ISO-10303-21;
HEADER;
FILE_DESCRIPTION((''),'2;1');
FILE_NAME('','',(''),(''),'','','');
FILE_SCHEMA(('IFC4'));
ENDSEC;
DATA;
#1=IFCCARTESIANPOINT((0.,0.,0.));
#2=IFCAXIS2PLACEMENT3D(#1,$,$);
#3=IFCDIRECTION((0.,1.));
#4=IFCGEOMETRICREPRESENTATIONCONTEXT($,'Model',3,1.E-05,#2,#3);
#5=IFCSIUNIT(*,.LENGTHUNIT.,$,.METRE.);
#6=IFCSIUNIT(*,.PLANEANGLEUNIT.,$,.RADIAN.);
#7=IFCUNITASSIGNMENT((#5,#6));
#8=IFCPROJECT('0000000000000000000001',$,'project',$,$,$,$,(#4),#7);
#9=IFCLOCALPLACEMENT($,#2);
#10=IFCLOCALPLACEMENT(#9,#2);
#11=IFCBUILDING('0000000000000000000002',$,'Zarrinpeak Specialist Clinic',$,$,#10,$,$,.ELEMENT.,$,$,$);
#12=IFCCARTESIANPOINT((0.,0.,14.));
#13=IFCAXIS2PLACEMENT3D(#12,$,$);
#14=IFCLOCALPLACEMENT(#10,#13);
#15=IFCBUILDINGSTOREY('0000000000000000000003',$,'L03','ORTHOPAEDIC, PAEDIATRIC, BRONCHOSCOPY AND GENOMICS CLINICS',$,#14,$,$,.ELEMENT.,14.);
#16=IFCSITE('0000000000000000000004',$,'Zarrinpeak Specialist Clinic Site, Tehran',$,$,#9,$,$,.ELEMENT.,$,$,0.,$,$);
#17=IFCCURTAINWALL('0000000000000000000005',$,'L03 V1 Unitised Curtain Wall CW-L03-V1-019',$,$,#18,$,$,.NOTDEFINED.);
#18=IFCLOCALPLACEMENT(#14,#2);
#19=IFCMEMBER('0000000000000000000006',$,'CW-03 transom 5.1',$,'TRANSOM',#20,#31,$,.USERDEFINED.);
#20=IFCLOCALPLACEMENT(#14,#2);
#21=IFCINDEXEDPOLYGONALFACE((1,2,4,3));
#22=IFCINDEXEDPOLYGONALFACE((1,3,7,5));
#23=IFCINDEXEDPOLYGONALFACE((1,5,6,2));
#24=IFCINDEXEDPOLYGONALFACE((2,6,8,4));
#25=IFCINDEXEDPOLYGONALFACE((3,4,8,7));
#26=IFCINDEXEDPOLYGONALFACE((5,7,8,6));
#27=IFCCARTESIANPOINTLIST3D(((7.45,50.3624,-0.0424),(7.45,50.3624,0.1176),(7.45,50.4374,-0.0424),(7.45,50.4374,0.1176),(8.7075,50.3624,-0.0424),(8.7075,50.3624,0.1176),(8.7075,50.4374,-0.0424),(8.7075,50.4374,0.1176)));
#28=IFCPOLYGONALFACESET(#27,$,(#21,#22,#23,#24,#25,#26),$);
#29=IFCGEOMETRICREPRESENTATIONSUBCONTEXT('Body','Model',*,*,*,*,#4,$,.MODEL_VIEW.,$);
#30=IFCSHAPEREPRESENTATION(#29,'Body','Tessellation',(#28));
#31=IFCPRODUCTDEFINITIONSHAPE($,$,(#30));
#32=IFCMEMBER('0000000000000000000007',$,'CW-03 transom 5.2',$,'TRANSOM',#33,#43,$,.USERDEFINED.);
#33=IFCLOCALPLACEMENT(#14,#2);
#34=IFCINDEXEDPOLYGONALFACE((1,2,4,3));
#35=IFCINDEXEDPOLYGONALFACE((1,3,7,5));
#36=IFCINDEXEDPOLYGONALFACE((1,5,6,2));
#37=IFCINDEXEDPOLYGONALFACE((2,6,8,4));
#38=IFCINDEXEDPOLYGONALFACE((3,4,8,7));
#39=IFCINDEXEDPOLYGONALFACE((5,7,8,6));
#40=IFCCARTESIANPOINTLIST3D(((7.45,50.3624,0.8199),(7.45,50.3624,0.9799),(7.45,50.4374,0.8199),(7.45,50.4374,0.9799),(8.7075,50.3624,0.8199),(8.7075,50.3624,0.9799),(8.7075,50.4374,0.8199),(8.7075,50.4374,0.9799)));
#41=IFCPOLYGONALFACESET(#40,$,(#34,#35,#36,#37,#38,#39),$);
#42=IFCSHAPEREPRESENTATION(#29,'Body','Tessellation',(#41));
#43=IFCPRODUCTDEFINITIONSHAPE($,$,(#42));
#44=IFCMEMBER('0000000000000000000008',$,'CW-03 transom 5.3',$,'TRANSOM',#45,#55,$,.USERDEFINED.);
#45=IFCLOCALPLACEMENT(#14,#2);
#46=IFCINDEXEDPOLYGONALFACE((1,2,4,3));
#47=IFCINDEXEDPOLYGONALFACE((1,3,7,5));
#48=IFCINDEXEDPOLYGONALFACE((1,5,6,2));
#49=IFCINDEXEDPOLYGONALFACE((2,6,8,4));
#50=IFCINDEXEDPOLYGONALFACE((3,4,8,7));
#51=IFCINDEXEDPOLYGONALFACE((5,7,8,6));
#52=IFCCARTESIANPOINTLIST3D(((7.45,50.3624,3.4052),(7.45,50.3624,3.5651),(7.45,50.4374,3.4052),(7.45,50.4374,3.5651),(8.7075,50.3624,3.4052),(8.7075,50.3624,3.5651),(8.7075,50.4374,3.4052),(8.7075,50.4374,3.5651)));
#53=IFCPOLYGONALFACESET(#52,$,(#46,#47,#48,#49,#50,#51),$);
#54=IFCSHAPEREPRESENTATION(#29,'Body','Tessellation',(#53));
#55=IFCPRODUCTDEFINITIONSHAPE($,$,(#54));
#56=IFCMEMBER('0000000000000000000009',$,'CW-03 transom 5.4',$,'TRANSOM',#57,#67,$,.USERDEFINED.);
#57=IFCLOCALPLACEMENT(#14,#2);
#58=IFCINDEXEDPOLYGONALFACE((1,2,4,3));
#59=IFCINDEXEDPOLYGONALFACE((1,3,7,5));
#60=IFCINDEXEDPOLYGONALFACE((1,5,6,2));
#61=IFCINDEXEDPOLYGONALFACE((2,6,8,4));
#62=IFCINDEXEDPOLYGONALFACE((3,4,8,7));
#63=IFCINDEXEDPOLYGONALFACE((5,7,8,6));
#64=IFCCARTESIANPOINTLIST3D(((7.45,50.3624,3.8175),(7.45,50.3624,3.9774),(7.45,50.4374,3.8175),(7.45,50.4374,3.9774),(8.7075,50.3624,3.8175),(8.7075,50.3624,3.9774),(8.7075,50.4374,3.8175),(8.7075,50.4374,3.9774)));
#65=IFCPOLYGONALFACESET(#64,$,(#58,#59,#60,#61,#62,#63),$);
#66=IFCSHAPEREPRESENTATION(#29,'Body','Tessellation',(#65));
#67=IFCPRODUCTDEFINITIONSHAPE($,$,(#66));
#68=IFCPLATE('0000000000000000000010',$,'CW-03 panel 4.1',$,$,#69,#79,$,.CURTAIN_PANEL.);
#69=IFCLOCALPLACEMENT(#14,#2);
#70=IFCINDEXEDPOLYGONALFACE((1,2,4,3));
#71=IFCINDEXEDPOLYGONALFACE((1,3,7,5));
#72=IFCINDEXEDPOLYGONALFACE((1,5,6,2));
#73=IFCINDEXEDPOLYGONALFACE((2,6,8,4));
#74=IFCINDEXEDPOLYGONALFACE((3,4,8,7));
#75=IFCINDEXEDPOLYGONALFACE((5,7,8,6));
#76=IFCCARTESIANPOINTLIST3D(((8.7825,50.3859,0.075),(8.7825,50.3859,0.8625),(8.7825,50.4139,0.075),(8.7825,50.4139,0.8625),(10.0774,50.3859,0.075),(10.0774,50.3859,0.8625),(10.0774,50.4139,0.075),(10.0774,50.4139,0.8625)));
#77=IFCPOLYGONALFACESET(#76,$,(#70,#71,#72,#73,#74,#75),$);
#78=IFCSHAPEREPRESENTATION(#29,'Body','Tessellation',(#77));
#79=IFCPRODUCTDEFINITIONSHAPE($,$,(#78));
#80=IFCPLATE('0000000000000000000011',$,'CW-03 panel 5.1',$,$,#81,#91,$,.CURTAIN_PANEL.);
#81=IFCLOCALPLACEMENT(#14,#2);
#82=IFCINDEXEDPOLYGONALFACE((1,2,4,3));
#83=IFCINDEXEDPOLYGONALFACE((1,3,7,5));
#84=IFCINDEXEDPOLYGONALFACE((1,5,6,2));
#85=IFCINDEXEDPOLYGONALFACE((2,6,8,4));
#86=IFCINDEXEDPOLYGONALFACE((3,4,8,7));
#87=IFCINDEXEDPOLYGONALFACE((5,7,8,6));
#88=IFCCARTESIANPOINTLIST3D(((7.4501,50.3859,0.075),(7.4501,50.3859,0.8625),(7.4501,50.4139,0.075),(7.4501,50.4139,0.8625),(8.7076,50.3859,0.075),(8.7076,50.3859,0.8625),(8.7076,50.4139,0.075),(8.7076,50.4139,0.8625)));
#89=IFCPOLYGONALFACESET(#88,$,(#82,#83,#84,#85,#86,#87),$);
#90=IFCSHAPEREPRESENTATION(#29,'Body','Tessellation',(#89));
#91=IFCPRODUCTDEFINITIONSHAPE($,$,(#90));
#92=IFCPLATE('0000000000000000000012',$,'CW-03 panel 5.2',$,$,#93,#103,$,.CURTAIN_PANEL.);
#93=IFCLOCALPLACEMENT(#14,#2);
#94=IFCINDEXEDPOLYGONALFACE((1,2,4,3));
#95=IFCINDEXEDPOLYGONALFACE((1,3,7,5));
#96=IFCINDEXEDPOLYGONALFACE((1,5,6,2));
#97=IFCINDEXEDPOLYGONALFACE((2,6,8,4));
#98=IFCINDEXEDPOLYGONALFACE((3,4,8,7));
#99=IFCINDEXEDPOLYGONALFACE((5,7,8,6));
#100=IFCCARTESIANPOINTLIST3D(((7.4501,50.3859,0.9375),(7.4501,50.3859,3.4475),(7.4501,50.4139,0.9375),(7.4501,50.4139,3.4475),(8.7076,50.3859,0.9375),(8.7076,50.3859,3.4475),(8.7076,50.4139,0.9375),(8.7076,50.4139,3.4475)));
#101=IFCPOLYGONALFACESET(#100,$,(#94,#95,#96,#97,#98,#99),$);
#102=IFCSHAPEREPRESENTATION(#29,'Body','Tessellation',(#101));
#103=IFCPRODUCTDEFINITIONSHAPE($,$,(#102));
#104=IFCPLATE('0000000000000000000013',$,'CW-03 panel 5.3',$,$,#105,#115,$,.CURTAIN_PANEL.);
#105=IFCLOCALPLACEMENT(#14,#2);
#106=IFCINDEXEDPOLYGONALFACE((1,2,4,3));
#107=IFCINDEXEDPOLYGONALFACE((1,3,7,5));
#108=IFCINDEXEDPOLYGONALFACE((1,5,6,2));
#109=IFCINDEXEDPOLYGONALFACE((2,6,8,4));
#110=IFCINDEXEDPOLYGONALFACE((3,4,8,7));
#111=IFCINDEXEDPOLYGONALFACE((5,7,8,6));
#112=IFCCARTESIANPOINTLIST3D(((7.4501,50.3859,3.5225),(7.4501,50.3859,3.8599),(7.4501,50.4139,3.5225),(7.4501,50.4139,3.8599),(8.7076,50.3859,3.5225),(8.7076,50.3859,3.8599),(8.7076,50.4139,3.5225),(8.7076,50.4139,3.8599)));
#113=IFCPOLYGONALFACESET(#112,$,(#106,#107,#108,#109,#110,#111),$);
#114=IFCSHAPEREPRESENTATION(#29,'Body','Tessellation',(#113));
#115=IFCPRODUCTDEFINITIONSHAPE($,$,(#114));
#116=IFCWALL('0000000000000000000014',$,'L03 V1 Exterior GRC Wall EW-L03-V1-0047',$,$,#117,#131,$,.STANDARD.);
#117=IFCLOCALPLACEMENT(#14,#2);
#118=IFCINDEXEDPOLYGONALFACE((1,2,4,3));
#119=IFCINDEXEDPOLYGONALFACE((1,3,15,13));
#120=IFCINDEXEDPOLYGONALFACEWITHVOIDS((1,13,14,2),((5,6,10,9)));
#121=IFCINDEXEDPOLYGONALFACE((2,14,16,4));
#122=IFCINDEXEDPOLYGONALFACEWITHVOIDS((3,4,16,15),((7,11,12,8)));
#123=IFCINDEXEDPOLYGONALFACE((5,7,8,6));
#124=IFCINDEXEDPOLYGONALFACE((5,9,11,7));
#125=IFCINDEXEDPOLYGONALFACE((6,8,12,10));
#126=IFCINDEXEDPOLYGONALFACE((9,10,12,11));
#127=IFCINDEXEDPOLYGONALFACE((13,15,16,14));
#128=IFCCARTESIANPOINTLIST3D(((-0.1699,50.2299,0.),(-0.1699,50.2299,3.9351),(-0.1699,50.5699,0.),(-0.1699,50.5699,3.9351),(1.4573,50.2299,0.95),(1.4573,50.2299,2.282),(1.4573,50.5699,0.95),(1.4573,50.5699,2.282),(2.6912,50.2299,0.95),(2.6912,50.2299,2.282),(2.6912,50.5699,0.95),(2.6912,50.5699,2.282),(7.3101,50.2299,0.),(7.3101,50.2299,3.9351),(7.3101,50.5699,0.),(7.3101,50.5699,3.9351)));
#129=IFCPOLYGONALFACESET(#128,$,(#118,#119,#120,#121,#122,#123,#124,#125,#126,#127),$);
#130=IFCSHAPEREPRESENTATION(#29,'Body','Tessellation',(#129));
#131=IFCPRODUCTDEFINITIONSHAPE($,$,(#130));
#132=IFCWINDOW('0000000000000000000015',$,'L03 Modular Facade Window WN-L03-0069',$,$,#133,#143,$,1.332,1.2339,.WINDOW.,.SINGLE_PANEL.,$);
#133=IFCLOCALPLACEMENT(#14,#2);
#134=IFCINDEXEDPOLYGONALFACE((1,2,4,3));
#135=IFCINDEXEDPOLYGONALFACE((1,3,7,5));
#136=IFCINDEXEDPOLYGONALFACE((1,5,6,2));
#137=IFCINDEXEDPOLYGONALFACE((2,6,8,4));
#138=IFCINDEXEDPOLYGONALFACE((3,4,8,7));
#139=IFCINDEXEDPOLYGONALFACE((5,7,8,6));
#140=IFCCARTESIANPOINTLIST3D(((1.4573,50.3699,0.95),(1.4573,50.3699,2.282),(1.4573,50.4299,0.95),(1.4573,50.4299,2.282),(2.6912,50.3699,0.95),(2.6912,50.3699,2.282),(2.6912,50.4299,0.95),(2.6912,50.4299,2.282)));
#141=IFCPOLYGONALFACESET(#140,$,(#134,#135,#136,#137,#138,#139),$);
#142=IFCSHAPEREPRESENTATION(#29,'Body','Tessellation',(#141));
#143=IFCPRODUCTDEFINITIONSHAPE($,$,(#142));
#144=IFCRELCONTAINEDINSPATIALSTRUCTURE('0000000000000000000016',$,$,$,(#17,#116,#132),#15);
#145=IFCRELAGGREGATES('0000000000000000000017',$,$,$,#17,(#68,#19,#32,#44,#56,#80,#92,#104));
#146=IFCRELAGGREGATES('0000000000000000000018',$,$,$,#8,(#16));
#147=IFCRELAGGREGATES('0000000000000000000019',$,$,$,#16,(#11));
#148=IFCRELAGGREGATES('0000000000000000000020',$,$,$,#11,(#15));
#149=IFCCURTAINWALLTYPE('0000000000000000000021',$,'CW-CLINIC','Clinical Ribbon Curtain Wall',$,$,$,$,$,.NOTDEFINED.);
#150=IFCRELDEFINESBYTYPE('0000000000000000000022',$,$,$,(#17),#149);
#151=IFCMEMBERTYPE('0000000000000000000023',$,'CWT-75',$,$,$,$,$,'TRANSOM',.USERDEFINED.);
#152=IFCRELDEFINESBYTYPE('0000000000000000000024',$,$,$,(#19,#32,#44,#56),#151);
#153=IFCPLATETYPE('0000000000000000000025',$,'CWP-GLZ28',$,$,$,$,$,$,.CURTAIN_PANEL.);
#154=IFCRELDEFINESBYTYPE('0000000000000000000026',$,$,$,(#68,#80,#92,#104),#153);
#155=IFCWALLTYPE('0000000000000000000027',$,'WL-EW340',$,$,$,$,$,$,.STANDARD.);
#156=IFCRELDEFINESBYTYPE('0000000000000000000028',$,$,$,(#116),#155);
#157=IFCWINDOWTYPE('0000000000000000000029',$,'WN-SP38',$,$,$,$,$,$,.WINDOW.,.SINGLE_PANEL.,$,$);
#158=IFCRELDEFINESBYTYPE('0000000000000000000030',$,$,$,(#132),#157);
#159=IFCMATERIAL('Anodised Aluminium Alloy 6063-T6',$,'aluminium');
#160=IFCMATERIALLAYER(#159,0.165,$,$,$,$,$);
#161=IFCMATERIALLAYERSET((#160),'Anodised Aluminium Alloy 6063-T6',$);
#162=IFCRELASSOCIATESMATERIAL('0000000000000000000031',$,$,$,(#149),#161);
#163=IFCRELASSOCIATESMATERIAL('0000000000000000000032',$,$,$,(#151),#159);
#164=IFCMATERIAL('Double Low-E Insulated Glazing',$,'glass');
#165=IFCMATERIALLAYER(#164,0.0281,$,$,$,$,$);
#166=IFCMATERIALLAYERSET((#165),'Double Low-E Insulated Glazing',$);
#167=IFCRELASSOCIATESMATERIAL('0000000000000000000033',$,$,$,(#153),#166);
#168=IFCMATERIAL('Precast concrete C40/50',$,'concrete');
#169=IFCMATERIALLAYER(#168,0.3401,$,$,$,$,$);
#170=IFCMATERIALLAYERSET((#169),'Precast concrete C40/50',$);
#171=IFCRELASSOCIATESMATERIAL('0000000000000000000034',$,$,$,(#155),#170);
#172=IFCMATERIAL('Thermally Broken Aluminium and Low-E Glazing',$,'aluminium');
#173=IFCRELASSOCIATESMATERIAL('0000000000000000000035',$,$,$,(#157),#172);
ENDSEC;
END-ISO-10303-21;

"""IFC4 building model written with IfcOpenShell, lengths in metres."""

from ifc_helpers import new_model, si_unit, direction, frame, frame_2d, origin, origin_2d, place, context, subcontext, project, spatial, rectangle, extrude, material, layer, layer_set, material_profile, profile_set, type_object, element, fill, aggregate, save


model = new_model("IFC4")

# Units and contexts
model_context = context("Model", 3, precision=1e-05, world=origin(), true_north=direction((0.0, 1.0)))
body_context = subcontext(model_context, "Body", "Model", "MODEL_VIEW")
ifc_project = project(units=[si_unit("LENGTHUNIT", "METRE"), si_unit("PLANEANGLEUNIT", "RADIAN")], contexts=[model_context])

# Site, building, storey
site_placement = place(None, origin())
site = spatial("IfcSite", under=ifc_project, at=site_placement, Name="Zarrinpeak Specialist Clinic Site, Tehran", CompositionType="ELEMENT", RefElevation=0.0)
building_placement = place(site_placement, origin())
building = spatial("IfcBuilding", under=site, at=building_placement, Name="Zarrinpeak Specialist Clinic", CompositionType="ELEMENT")
storey_placement = place(building_placement, frame((0.0, 0.0, 14.0)))
storey = spatial("IfcBuildingStorey", under=building, at=storey_placement, Name="L03", Description="ORTHOPAEDIC, PAEDIATRIC, BRONCHOSCOPY AND GENOMICS CLINICS", CompositionType="ELEMENT", Elevation=14.0)

# Curtain wall, members, plates
ifc_material_1 = material(Name="Anodised Aluminium Alloy 6063-T6", Category="aluminium")
ifc_layer_1 = layer(ifc_material_1, 0.165)
ifc_layer_set_1 = layer_set([ifc_layer_1], Name="Anodised Aluminium Alloy 6063-T6")
curtain_wall_type = type_object("IfcCurtainWallType", Name="CW-CLINIC", Description="Clinical Ribbon Curtain Wall", PredefinedType="NOTDEFINED", material=ifc_layer_set_1)
curtain_wall_placement = place(storey_placement, origin())
curtain_wall = element("IfcCurtainWall", 1, at=curtain_wall_placement, inside=storey, type_object=curtain_wall_type, Name="L03 V1 Unitised Curtain Wall CW-L03-V1-019", PredefinedType="NOTDEFINED")
ifc_material_profile_1 = material_profile(ifc_material_1, rectangle(XDim=0.075, YDim=0.1599, at=origin_2d()), Name="ALU 75x160")
ifc_profile_set_1 = profile_set([ifc_material_profile_1], Name="Anodised Aluminium Alloy 6063-T6")
member_type_1 = type_object("IfcMemberType", Name="CWT-75", ElementType="TRANSOM", PredefinedType="USERDEFINED", material=ifc_profile_set_1)
member_1_placement = place(storey_placement, frame((8.7075, 50.3999, 0.0376), z_axis=(-1.0, 0.0, 0.0), x_axis=(0.0, -1.0, 0.0)))
member_1 = element("IfcMember", 2, at=member_1_placement, type_object=member_type_1, Name="CW-03 transom 5.1", ObjectType="TRANSOM", PredefinedType="USERDEFINED", context=body_context, shape_type="SweptSolid", body=[
    extrude(rectangle(XDim=0.075, YDim=0.1599, at=origin_2d()), origin(), (0.0, 0.0, 1.0), 1.2576),
])
member_2_placement = place(storey_placement, frame((8.7075, 50.3999, 0.8999), z_axis=(-1.0, 0.0, 0.0), x_axis=(0.0, -1.0, 0.0)))
member_2 = element("IfcMember", 3, at=member_2_placement, type_object=member_type_1, Name="CW-03 transom 5.2", ObjectType="TRANSOM", PredefinedType="USERDEFINED", context=body_context, shape_type="SweptSolid", body=[
    extrude(rectangle(XDim=0.075, YDim=0.1599, at=origin_2d()), origin(), (0.0, 0.0, 1.0), 1.2576),
])
member_3_placement = place(storey_placement, frame((8.7075, 50.3999, 3.4851), z_axis=(-1.0, 0.0, 0.0), x_axis=(0.0, -1.0, 0.0)))
member_3 = element("IfcMember", 4, at=member_3_placement, type_object=member_type_1, Name="CW-03 transom 5.3", ObjectType="TRANSOM", PredefinedType="USERDEFINED", context=body_context, shape_type="SweptSolid", body=[
    extrude(rectangle(XDim=0.075, YDim=0.1599, at=origin_2d()), origin(), (0.0, 0.0, 1.0), 1.2576),
])
member_4_placement = place(storey_placement, frame((8.7075, 50.3999, 3.8975), z_axis=(-1.0, 0.0, 0.0), x_axis=(0.0, -1.0, 0.0)))
member_4 = element("IfcMember", 5, at=member_4_placement, type_object=member_type_1, Name="CW-03 transom 5.4", ObjectType="TRANSOM", PredefinedType="USERDEFINED", context=body_context, shape_type="SweptSolid", body=[
    extrude(rectangle(XDim=0.075, YDim=0.1599, at=origin_2d()), origin(), (0.0, 0.0, 1.0), 1.2576),
])
ifc_material_2 = material(Name="Double Low-E Insulated Glazing", Category="glass")
ifc_layer_2 = layer(ifc_material_2, 0.0281)
ifc_layer_set_2 = layer_set([ifc_layer_2], Name="Double Low-E Insulated Glazing")
plate_type = type_object("IfcPlateType", Name="CWP-GLZ28", PredefinedType="CURTAIN_PANEL", material=ifc_layer_set_2)
plate_1_placement = place(storey_placement, frame((9.4299, 50.3999, 0.075), z_axis=(0.0, 0.0, 1.0), x_axis=(-1.0, 0.0, 0.0)))
plate_1 = element("IfcPlate", 6, at=plate_1_placement, type_object=plate_type, Name="CW-03 panel 4.1", PredefinedType="CURTAIN_PANEL", context=body_context, shape_type="SweptSolid", body=[
    extrude(rectangle(XDim=1.2949, YDim=0.0281, at=origin_2d()), origin(), (0.0, 0.0, 1.0), 0.7876),
])
plate_2_placement = place(storey_placement, frame((8.0789, 50.3999, 0.075), z_axis=(0.0, 0.0, 1.0), x_axis=(-1.0, 0.0, 0.0)))
plate_2 = element("IfcPlate", 7, at=plate_2_placement, type_object=plate_type, Name="CW-03 panel 5.1", PredefinedType="CURTAIN_PANEL", context=body_context, shape_type="SweptSolid", body=[
    extrude(rectangle(XDim=1.2576, YDim=0.0281, at=origin_2d()), origin(), (0.0, 0.0, 1.0), 0.7876),
])
plate_3_placement = place(storey_placement, frame((8.0789, 50.3999, 0.9375), z_axis=(0.0, 0.0, 1.0), x_axis=(-1.0, 0.0, 0.0)))
plate_3 = element("IfcPlate", 8, at=plate_3_placement, type_object=plate_type, Name="CW-03 panel 5.2", PredefinedType="CURTAIN_PANEL", context=body_context, shape_type="SweptSolid", body=[
    extrude(rectangle(XDim=1.2576, YDim=0.0281, at=origin_2d()), origin(), (0.0, 0.0, 1.0), 2.51),
])
plate_4_placement = place(storey_placement, frame((8.0789, 50.3999, 3.5225), z_axis=(0.0, 0.0, 1.0), x_axis=(-1.0, 0.0, 0.0)))
plate_4 = element("IfcPlate", 9, at=plate_4_placement, type_object=plate_type, Name="CW-03 panel 5.3", PredefinedType="CURTAIN_PANEL", context=body_context, shape_type="SweptSolid", body=[
    extrude(rectangle(XDim=1.2576, YDim=0.0281, at=origin_2d()), origin(), (0.0, 0.0, 1.0), 0.3374),
])
aggregate(curtain_wall, [plate_1, member_1, member_2, member_3, member_4, plate_2, plate_3, plate_4])

# Wall, opening, window
ifc_material_3 = material(Name="Precast concrete C40/50", Category="concrete")
ifc_layer_3 = layer(ifc_material_3, 0.3401)
ifc_layer_set_3 = layer_set([ifc_layer_3], Name="Precast concrete C40/50")
wall_type_1 = type_object("IfcWallType", Name="WL-EW340", PredefinedType="STANDARD", material=ifc_layer_set_3)
wall_1_placement = place(storey_placement, frame((7.3101, 50.3999, 0.0), z_axis=(0.0, 0.0, 1.0), x_axis=(-1.0, 0.0, 0.0)))
wall_1 = element("IfcWall", 10, at=wall_1_placement, inside=storey, type_object=wall_type_1, Name="L03 V1 Exterior GRC Wall EW-L03-V1-0047", PredefinedType="STANDARD", context=body_context, shape_type="SweptSolid", body=[
    extrude(rectangle(XDim=7.48, YDim=0.3401, at=frame_2d((3.74, 0.0))), origin(), (0.0, 0.0, 1.0), 3.9351),
])
opening_1_placement = place(wall_1_placement, frame((4.6189, 0.0, 0.95)))
opening_1 = element("IfcOpeningElement", 11, at=opening_1_placement, cuts=wall_1, PredefinedType="OPENING", context=body_context, shape_type="SweptSolid", body=[
    extrude(rectangle(XDim=1.2339, YDim=1.332, at=frame_2d((0.6169, 0.666))), frame((0.0, 0.1802, 0.0), z_axis=(0.0, -1.0, 0.0), x_axis=(1.0, 0.0, 0.0)), (0.0, 0.0, 1.0), 0.3601),
])
ifc_material_4 = material(Name="Thermally Broken Aluminium and Low-E Glazing", Category="aluminium")
window_type_1 = type_object("IfcWindowType", Name="WN-SP38", PartitioningType="SINGLE_PANEL", PredefinedType="WINDOW", material=ifc_material_4)
window_1_placement = place(opening_1_placement, origin())
window_1 = element("IfcWindow", 12, at=window_1_placement, inside=storey, type_object=window_type_1, Name="L03 Modular Facade Window WN-L03-0069", OverallHeight=1.332, OverallWidth=1.2339, PartitioningType="SINGLE_PANEL", PredefinedType="WINDOW", context=body_context, shape_type="SweptSolid", body=[
    extrude(rectangle(XDim=1.2339, YDim=1.332, at=frame_2d((0.6169, 0.666))), frame((0.0, 0.03, 0.0), z_axis=(0.0, -1.0, 0.0), x_axis=(1.0, 0.0, 0.0)), (0.0, 0.0, 1.0), 0.0601),
])
fill(opening_1, window_1)

save(model, "model.ifc")
